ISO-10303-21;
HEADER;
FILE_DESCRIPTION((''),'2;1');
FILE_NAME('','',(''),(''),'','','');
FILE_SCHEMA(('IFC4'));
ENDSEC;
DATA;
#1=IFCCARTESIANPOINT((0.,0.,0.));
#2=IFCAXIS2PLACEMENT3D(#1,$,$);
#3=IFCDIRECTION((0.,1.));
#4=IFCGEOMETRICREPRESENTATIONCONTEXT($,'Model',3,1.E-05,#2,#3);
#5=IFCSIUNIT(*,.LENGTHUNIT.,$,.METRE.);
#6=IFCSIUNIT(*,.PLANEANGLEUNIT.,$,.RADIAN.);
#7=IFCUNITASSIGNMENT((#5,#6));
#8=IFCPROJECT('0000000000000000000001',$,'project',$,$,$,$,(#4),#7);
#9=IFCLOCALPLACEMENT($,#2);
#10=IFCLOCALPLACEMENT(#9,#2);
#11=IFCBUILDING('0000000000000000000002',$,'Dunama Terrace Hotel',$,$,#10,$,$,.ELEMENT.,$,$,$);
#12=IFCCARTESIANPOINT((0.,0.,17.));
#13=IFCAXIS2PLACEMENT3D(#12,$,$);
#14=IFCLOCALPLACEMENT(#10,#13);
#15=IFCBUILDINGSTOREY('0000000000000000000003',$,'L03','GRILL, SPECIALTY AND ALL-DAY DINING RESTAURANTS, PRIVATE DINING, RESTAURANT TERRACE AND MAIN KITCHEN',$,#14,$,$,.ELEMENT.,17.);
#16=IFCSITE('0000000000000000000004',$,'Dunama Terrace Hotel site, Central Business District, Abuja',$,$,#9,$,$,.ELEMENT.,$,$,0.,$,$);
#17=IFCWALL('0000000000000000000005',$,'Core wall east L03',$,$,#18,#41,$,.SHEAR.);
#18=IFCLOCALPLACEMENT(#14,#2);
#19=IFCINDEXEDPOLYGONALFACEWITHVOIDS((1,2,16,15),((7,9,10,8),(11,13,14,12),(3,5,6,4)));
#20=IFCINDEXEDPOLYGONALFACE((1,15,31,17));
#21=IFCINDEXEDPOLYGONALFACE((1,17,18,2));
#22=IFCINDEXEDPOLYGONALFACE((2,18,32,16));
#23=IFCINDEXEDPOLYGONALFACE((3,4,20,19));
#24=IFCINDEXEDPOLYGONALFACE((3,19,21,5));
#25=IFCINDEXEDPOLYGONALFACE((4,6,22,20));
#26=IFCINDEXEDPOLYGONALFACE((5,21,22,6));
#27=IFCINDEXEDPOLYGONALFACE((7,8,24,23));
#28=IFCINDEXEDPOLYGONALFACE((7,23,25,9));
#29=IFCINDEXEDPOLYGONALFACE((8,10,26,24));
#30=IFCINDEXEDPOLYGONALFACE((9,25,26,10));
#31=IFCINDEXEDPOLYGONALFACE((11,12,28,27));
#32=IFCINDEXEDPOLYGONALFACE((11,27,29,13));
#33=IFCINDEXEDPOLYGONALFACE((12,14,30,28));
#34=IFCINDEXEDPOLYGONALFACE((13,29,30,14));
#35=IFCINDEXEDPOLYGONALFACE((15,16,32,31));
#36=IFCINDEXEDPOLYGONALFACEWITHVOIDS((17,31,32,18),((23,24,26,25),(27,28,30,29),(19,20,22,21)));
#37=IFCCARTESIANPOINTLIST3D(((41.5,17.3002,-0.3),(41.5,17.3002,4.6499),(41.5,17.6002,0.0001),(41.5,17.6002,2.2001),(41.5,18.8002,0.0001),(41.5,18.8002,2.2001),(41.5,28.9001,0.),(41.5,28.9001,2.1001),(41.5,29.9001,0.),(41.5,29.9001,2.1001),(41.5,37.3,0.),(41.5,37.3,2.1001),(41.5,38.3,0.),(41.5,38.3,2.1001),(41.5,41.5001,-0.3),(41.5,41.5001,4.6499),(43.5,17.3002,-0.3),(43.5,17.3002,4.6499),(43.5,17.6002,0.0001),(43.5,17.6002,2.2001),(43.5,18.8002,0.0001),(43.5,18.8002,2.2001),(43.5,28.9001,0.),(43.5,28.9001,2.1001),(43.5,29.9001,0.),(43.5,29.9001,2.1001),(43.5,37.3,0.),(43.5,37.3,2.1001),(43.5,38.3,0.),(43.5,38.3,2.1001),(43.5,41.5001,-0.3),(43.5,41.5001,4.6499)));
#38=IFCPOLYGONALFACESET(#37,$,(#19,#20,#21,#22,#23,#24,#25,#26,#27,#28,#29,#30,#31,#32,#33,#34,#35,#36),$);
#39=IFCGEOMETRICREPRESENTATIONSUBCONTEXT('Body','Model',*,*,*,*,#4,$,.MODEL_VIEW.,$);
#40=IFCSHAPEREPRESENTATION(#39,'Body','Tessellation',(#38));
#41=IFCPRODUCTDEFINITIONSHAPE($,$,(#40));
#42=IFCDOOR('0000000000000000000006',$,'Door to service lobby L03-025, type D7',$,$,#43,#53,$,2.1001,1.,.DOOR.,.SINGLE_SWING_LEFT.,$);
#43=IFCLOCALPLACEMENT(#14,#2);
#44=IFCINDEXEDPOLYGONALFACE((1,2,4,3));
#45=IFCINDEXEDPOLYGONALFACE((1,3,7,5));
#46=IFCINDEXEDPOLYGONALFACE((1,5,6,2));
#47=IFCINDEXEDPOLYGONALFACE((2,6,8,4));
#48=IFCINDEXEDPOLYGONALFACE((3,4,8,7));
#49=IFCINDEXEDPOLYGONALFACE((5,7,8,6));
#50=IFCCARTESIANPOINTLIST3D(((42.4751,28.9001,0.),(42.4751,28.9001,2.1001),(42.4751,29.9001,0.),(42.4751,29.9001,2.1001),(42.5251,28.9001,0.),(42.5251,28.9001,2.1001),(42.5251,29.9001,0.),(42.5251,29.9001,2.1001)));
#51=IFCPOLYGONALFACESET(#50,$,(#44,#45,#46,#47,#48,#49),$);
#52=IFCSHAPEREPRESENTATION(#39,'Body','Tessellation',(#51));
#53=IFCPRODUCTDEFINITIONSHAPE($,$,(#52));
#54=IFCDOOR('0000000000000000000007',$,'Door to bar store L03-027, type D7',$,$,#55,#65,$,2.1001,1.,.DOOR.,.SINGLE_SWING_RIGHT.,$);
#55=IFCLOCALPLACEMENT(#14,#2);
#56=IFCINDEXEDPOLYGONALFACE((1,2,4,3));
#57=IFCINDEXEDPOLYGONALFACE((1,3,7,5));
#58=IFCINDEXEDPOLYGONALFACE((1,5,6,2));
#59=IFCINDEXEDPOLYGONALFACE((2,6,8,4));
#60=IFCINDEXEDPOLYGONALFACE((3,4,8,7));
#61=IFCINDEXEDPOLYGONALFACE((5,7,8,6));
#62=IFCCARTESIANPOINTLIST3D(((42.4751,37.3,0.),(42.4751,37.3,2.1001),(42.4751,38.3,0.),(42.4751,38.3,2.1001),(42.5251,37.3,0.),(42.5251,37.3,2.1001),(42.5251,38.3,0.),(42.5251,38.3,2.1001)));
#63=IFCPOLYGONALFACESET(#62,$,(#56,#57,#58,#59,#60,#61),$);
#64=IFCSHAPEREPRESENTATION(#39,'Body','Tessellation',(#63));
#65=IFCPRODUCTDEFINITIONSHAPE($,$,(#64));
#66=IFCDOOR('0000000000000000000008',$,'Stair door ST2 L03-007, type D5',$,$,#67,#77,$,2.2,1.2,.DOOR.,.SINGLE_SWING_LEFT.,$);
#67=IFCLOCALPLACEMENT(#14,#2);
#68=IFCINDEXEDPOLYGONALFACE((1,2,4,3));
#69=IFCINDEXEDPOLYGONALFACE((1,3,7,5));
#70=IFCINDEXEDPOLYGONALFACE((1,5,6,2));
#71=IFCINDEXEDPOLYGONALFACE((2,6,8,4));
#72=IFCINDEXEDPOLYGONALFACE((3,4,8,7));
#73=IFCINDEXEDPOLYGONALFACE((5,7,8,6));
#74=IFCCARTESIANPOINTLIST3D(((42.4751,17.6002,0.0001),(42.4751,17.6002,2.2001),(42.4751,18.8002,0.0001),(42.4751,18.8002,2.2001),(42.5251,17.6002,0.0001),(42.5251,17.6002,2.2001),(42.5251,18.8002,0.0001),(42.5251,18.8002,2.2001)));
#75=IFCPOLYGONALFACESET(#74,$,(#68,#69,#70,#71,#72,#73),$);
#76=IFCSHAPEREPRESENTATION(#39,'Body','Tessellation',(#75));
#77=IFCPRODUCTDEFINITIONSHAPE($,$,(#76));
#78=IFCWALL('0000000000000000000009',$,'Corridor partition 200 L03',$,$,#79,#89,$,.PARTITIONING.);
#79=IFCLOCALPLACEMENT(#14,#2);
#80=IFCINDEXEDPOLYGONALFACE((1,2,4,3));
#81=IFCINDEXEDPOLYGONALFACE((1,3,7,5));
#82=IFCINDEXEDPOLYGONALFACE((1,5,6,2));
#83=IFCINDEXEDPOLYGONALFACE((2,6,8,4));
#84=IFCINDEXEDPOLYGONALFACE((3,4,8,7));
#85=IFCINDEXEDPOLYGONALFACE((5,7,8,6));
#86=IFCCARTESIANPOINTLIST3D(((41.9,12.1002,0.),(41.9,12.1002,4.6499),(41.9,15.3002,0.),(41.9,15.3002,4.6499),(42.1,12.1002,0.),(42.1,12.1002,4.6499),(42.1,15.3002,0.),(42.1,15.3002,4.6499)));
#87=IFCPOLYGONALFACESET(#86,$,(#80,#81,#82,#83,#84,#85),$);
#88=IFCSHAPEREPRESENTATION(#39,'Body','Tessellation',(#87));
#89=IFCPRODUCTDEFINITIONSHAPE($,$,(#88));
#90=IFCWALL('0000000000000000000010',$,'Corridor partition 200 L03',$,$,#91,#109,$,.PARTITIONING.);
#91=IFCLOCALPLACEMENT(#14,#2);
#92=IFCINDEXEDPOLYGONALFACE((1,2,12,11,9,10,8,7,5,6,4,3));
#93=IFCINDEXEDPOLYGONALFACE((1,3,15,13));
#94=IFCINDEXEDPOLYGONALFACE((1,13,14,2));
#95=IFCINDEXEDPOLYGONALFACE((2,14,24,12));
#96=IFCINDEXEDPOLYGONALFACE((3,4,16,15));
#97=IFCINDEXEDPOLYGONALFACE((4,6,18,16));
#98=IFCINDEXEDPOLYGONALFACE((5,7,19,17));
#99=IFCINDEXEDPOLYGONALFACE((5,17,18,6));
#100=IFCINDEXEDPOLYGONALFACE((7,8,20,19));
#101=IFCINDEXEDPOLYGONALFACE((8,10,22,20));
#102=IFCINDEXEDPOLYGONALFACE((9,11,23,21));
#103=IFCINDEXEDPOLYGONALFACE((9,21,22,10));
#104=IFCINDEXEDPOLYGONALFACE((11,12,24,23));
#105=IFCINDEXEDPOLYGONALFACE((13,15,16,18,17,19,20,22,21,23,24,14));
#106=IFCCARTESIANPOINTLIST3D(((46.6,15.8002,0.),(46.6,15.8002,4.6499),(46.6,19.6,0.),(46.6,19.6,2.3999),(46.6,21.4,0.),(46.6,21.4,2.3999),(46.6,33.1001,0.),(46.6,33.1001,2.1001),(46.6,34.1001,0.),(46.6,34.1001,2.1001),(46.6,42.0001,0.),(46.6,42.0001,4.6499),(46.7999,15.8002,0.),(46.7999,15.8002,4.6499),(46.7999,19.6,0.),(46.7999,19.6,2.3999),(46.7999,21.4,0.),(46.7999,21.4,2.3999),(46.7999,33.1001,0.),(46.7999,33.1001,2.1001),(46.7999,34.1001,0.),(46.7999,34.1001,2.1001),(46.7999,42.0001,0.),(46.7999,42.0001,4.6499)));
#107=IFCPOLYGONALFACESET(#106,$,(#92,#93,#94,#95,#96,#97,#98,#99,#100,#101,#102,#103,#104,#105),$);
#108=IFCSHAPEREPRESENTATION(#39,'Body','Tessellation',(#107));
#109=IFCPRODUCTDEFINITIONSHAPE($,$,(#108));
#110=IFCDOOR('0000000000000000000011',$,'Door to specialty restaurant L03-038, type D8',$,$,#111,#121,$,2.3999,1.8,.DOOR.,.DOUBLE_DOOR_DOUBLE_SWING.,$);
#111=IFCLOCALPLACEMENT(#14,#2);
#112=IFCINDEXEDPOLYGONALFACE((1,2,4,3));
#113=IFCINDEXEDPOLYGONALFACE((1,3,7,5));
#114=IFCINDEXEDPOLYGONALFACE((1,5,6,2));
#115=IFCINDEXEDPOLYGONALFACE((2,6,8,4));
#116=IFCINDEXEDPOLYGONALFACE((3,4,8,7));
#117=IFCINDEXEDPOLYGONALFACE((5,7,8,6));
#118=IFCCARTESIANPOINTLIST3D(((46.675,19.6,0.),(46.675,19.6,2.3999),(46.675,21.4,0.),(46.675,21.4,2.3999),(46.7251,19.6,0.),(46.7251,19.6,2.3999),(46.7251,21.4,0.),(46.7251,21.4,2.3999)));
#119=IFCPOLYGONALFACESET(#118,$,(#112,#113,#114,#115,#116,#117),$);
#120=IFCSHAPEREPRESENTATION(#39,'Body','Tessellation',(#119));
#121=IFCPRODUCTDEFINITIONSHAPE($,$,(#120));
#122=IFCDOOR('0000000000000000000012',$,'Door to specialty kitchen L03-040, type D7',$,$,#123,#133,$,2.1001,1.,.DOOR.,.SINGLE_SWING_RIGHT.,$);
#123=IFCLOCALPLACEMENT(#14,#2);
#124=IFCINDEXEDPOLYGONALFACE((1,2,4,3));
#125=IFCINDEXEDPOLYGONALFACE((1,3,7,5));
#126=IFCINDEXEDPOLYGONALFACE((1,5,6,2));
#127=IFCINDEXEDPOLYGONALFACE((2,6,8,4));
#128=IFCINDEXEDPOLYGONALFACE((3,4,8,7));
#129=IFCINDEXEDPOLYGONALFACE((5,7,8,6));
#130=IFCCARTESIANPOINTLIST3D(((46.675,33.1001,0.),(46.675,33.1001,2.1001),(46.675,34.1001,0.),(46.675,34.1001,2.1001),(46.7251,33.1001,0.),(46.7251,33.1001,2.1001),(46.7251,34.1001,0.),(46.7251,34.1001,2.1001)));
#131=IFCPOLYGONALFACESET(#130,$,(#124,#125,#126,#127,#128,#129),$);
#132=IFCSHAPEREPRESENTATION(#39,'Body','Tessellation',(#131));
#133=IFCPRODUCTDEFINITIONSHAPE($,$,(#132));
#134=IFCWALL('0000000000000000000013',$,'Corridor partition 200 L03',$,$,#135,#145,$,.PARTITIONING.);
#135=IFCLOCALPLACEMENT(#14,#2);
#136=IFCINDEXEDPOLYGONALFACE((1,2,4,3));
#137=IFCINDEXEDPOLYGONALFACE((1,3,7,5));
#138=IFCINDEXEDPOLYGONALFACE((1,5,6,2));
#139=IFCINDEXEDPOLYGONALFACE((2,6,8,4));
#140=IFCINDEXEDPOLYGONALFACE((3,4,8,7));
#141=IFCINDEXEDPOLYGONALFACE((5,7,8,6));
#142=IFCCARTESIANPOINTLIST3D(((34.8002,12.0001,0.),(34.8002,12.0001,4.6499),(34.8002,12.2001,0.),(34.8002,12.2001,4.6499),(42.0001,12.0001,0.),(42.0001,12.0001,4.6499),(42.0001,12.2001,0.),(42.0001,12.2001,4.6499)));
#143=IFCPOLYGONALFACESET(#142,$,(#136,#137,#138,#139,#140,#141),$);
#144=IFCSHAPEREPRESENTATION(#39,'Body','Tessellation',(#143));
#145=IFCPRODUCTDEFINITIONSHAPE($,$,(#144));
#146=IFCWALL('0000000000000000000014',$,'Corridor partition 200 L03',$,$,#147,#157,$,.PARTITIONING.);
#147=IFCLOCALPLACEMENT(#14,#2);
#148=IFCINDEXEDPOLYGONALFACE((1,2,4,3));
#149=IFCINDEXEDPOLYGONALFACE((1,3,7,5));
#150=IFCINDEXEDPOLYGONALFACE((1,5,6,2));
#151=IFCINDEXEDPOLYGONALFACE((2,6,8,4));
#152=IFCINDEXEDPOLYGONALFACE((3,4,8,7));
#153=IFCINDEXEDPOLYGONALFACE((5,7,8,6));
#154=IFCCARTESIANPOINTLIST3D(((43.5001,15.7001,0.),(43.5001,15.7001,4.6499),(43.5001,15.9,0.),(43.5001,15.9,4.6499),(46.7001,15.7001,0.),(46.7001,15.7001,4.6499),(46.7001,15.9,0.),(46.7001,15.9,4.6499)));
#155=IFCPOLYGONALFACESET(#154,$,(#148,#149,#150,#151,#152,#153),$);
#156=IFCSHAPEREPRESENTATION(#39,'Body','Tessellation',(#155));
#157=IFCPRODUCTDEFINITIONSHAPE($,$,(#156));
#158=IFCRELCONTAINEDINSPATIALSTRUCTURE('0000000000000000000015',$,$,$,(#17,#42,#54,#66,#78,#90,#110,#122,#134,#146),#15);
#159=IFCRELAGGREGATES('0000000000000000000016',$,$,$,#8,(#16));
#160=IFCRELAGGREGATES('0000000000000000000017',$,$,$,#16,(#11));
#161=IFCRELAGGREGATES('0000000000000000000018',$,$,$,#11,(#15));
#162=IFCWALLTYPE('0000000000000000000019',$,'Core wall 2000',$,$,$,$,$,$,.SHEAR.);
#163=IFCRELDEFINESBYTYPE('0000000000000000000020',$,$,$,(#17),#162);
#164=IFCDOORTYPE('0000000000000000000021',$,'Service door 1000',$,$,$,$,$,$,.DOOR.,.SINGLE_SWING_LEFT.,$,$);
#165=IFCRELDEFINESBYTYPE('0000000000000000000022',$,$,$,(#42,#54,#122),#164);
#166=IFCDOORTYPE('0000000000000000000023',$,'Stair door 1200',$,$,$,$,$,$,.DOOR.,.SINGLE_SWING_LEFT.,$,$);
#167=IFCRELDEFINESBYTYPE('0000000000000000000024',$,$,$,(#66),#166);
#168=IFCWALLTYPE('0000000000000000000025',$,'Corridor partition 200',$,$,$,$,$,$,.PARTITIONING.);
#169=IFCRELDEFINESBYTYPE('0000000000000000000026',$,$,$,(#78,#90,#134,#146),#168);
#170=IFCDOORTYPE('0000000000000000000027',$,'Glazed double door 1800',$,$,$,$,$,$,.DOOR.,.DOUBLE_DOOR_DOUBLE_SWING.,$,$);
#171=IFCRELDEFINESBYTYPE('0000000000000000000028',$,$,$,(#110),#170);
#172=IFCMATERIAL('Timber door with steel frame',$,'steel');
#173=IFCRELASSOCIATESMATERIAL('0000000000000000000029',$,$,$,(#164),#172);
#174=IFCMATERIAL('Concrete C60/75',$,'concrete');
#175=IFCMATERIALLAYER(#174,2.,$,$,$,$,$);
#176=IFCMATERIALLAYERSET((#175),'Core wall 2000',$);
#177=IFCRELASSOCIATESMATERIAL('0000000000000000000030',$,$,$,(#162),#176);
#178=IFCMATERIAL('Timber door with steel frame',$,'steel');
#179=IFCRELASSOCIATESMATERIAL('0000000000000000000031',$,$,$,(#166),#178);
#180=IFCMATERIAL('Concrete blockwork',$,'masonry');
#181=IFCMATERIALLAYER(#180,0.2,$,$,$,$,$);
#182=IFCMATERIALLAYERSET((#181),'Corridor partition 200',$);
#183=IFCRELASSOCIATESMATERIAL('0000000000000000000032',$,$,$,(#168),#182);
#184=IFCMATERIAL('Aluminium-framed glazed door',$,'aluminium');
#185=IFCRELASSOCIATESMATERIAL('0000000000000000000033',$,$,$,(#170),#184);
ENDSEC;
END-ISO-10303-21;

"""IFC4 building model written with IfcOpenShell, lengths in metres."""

from ifc_helpers import new_model, si_unit, direction, frame, frame_2d, origin, place, context, subcontext, project, spatial, rectangle, extrude, material, layer, layer_set, type_object, element, fill, save


model = new_model("IFC4")

# Units and contexts
model_context = context("Model", 3, precision=1e-05, world=origin(), true_north=direction((0.0, 1.0)))
body_context = subcontext(model_context, "Body", "Model", "MODEL_VIEW")
ifc_project = project(units=[si_unit("LENGTHUNIT", "METRE"), si_unit("PLANEANGLEUNIT", "RADIAN")], contexts=[model_context])

# Site, building, storey
site_placement = place(None, origin())
site = spatial("IfcSite", under=ifc_project, at=site_placement, Name="Dunama Terrace Hotel site, Central Business District, Abuja", CompositionType="ELEMENT", RefElevation=0.0)
building_placement = place(site_placement, origin())
building = spatial("IfcBuilding", under=site, at=building_placement, Name="Dunama Terrace Hotel", CompositionType="ELEMENT")
storey_placement = place(building_placement, frame((0.0, 0.0, 17.0)))
storey = spatial("IfcBuildingStorey", under=building, at=storey_placement, Name="L03", Description="GRILL, SPECIALTY AND ALL-DAY DINING RESTAURANTS, PRIVATE DINING, RESTAURANT TERRACE AND MAIN KITCHEN", CompositionType="ELEMENT", Elevation=17.0)

# Shared definitions
ifc_material_1 = material(Name="Timber door with steel frame", Category="steel")
door_type_1 = type_object("IfcDoorType", Name="Service door 1000", OperationType="SINGLE_SWING_LEFT", PredefinedType="DOOR", material=ifc_material_1)

# Wall, openings, doors
ifc_material_2 = material(Name="Concrete C60/75", Category="concrete")
ifc_layer_1 = layer(ifc_material_2, 2.0)
ifc_layer_set_1 = layer_set([ifc_layer_1], Name="Core wall 2000")
wall_type_1 = type_object("IfcWallType", Name="Core wall 2000", PredefinedType="SHEAR", material=ifc_layer_set_1)
wall_1_placement = place(storey_placement, frame((42.5, 17.3, -0.3), z_axis=(0.0, 0.0, 1.0), x_axis=(0.0, 1.0, 0.0)))
wall_1 = element("IfcWall", 1, at=wall_1_placement, inside=storey, type_object=wall_type_1, Name="Core wall east L03", PredefinedType="SHEAR", context=body_context, shape_type="SweptSolid", body=[
    extrude(rectangle(XDim=24.2, YDim=2.0, at=frame_2d((12.1001, 0.0))), origin(), (0.0, 0.0, 1.0), 4.95),
])
opening_1_placement = place(wall_1_placement, frame((0.3, 0.0, 0.3)))
opening_1 = element("IfcOpeningElement", 2, at=opening_1_placement, cuts=wall_1, PredefinedType="OPENING", context=body_context, shape_type="SweptSolid", body=[
    extrude(rectangle(XDim=1.2, YDim=2.2, at=frame_2d((0.6001, 1.1001))), frame((0.0, 1.01, 0.0), z_axis=(0.0, -1.0, 0.0), x_axis=(1.0, 0.0, 0.0)), (0.0, 0.0, 1.0), 2.02),
])
opening_2_placement = place(wall_1_placement, frame((11.6001, 0.0, 0.3)))
opening_2 = element("IfcOpeningElement", 3, at=opening_2_placement, cuts=wall_1, PredefinedType="OPENING", context=body_context, shape_type="SweptSolid", body=[
    extrude(rectangle(XDim=1.0, YDim=2.1001, at=frame_2d((0.5, 1.05))), frame((0.0, 1.01, 0.0), z_axis=(0.0, -1.0, 0.0), x_axis=(1.0, 0.0, 0.0)), (0.0, 0.0, 1.0), 2.02),
])
opening_3_placement = place(wall_1_placement, frame((20.0, 0.0, 0.3)))
opening_3 = element("IfcOpeningElement", 4, at=opening_3_placement, cuts=wall_1, PredefinedType="OPENING", context=body_context, shape_type="SweptSolid", body=[
    extrude(rectangle(XDim=1.0, YDim=2.1001, at=frame_2d((0.5, 1.05))), frame((0.0, 1.01, 0.0), z_axis=(0.0, -1.0, 0.0), x_axis=(1.0, 0.0, 0.0)), (0.0, 0.0, 1.0), 2.02),
])
door_1_placement = place(opening_2_placement, origin())
door_1 = element("IfcDoor", 5, at=door_1_placement, inside=storey, type_object=door_type_1, Name="Door to service lobby L03-025, type D7", OperationType="SINGLE_SWING_LEFT", OverallHeight=2.1001, OverallWidth=1.0, PredefinedType="DOOR", context=body_context, shape_type="SweptSolid", body=[
    extrude(rectangle(XDim=1.0, YDim=2.1001, at=frame_2d((0.5, 1.05))), frame((0.0, 0.0249, 0.0), z_axis=(0.0, -1.0, 0.0), x_axis=(1.0, 0.0, 0.0)), (0.0, 0.0, 1.0), 0.05),
])
fill(opening_2, door_1)
door_2_placement = place(opening_3_placement, origin())
door_2 = element("IfcDoor", 6, at=door_2_placement, inside=storey, type_object=door_type_1, Name="Door to bar store L03-027, type D7", OperationType="SINGLE_SWING_RIGHT", OverallHeight=2.1001, OverallWidth=1.0, PredefinedType="DOOR", context=body_context, shape_type="SweptSolid", body=[
    extrude(rectangle(XDim=1.0, YDim=2.1001, at=frame_2d((0.5, 1.05))), frame((0.0, 0.0249, 0.0), z_axis=(0.0, -1.0, 0.0), x_axis=(1.0, 0.0, 0.0)), (0.0, 0.0, 1.0), 0.05),
])
fill(opening_3, door_2)
ifc_material_3 = material(Name="Timber door with steel frame", Category="steel")
door_type_2 = type_object("IfcDoorType", Name="Stair door 1200", OperationType="SINGLE_SWING_LEFT", PredefinedType="DOOR", material=ifc_material_3)
door_3_placement = place(opening_1_placement, origin())
door_3 = element("IfcDoor", 7, at=door_3_placement, inside=storey, type_object=door_type_2, Name="Stair door ST2 L03-007, type D5", OperationType="SINGLE_SWING_LEFT", OverallHeight=2.2, OverallWidth=1.2, PredefinedType="DOOR", context=body_context, shape_type="SweptSolid", body=[
    extrude(rectangle(XDim=1.2, YDim=2.2, at=frame_2d((0.6001, 1.1001))), frame((0.0, 0.0249, 0.0), z_axis=(0.0, -1.0, 0.0), x_axis=(1.0, 0.0, 0.0)), (0.0, 0.0, 1.0), 0.05),
])
fill(opening_1, door_3)

# Wall
ifc_material_4 = material(Name="Concrete blockwork", Category="masonry")
ifc_layer_2 = layer(ifc_material_4, 0.2)
ifc_layer_set_2 = layer_set([ifc_layer_2], Name="Corridor partition 200")
wall_type_2 = type_object("IfcWallType", Name="Corridor partition 200", PredefinedType="PARTITIONING", material=ifc_layer_set_2)
wall_2_placement = place(storey_placement, frame((42.0, 12.1001, 0.0), z_axis=(0.0, 0.0, 1.0), x_axis=(0.0, 1.0, 0.0)))
element("IfcWall", 8, at=wall_2_placement, inside=storey, type_object=wall_type_2, Name="Corridor partition 200 L03", PredefinedType="PARTITIONING", context=body_context, shape_type="SweptSolid", body=[
    extrude(rectangle(XDim=3.2, YDim=0.2, at=frame_2d((1.6001, 0.0))), origin(), (0.0, 0.0, 1.0), 4.6499),
])

# Wall, openings, doors
wall_3_placement = place(storey_placement, frame((46.7, 15.8, 0.0), z_axis=(0.0, 0.0, 1.0), x_axis=(0.0, 1.0, 0.0)))
wall_3 = element("IfcWall", 9, at=wall_3_placement, inside=storey, type_object=wall_type_2, Name="Corridor partition 200 L03", PredefinedType="PARTITIONING", context=body_context, shape_type="SweptSolid", body=[
    extrude(rectangle(XDim=26.2, YDim=0.2, at=frame_2d((13.1001, 0.0))), origin(), (0.0, 0.0, 1.0), 4.6499),
])
opening_4_placement = place(wall_3_placement, frame((3.8, 0.0, 0.0)))
opening_4 = element("IfcOpeningElement", 10, at=opening_4_placement, cuts=wall_3, PredefinedType="OPENING", context=body_context, shape_type="SweptSolid", body=[
    extrude(rectangle(XDim=1.8, YDim=2.3999, at=frame_2d((0.8999, 1.2))), frame((0.0, 0.1099, 0.0), z_axis=(0.0, -1.0, 0.0), x_axis=(1.0, 0.0, 0.0)), (0.0, 0.0, 1.0), 0.22),
])
opening_5_placement = place(wall_3_placement, frame((17.3, 0.0, 0.0)))
opening_5 = element("IfcOpeningElement", 11, at=opening_5_placement, cuts=wall_3, PredefinedType="OPENING", context=body_context, shape_type="SweptSolid", body=[
    extrude(rectangle(XDim=1.0, YDim=2.1001, at=frame_2d((0.5, 1.05))), frame((0.0, 0.1099, 0.0), z_axis=(0.0, -1.0, 0.0), x_axis=(1.0, 0.0, 0.0)), (0.0, 0.0, 1.0), 0.22),
])
ifc_material_5 = material(Name="Aluminium-framed glazed door", Category="aluminium")
door_type_3 = type_object("IfcDoorType", Name="Glazed double door 1800", OperationType="DOUBLE_DOOR_DOUBLE_SWING", PredefinedType="DOOR", material=ifc_material_5)
door_4_placement = place(opening_4_placement, origin())
door_4 = element("IfcDoor", 12, at=door_4_placement, inside=storey, type_object=door_type_3, Name="Door to specialty restaurant L03-038, type D8", OperationType="DOUBLE_DOOR_DOUBLE_SWING", OverallHeight=2.3999, OverallWidth=1.8, PredefinedType="DOOR", context=body_context, shape_type="SweptSolid", body=[
    extrude(rectangle(XDim=1.8, YDim=2.3999, at=frame_2d((0.8999, 1.2))), frame((0.0, 0.0249, 0.0), z_axis=(0.0, -1.0, 0.0), x_axis=(1.0, 0.0, 0.0)), (0.0, 0.0, 1.0), 0.05),
])
fill(opening_4, door_4)
door_5_placement = place(opening_5_placement, frame((1.0, 0.0, 0.0), z_axis=(0.0, 0.0, 1.0), x_axis=(-1.0, 0.0, 0.0)))
door_5 = element("IfcDoor", 13, at=door_5_placement, inside=storey, type_object=door_type_1, Name="Door to specialty kitchen L03-040, type D7", OperationType="SINGLE_SWING_RIGHT", OverallHeight=2.1001, OverallWidth=1.0, PredefinedType="DOOR", context=body_context, shape_type="SweptSolid", body=[
    extrude(rectangle(XDim=1.0, YDim=2.1001, at=frame_2d((0.5, 1.05))), frame((0.0, 0.0251, 0.0), z_axis=(0.0, -1.0, 0.0), x_axis=(1.0, 0.0, 0.0)), (0.0, 0.0, 1.0), 0.05),
])
fill(opening_5, door_5)

# Walls
wall_4_placement = place(storey_placement, frame((34.8, 12.1001, 0.0), z_axis=(0.0, 0.0, 1.0), x_axis=(1.0, 0.0, 0.0)))
element("IfcWall", 14, at=wall_4_placement, inside=storey, type_object=wall_type_2, Name="Corridor partition 200 L03", PredefinedType="PARTITIONING", context=body_context, shape_type="SweptSolid", body=[
    extrude(rectangle(XDim=7.2, YDim=0.2, at=frame_2d((3.6001, 0.0))), origin(), (0.0, 0.0, 1.0), 4.6499),
])
wall_5_placement = place(storey_placement, frame((43.5, 15.8, 0.0), z_axis=(0.0, 0.0, 1.0), x_axis=(1.0, 0.0, 0.0)))
element("IfcWall", 15, at=wall_5_placement, inside=storey, type_object=wall_type_2, Name="Corridor partition 200 L03", PredefinedType="PARTITIONING", context=body_context, shape_type="SweptSolid", body=[
    extrude(rectangle(XDim=3.2, YDim=0.2, at=frame_2d((1.6001, 0.0))), origin(), (0.0, 0.0, 1.0), 4.6499),
])

save(model, "model.ifc")
